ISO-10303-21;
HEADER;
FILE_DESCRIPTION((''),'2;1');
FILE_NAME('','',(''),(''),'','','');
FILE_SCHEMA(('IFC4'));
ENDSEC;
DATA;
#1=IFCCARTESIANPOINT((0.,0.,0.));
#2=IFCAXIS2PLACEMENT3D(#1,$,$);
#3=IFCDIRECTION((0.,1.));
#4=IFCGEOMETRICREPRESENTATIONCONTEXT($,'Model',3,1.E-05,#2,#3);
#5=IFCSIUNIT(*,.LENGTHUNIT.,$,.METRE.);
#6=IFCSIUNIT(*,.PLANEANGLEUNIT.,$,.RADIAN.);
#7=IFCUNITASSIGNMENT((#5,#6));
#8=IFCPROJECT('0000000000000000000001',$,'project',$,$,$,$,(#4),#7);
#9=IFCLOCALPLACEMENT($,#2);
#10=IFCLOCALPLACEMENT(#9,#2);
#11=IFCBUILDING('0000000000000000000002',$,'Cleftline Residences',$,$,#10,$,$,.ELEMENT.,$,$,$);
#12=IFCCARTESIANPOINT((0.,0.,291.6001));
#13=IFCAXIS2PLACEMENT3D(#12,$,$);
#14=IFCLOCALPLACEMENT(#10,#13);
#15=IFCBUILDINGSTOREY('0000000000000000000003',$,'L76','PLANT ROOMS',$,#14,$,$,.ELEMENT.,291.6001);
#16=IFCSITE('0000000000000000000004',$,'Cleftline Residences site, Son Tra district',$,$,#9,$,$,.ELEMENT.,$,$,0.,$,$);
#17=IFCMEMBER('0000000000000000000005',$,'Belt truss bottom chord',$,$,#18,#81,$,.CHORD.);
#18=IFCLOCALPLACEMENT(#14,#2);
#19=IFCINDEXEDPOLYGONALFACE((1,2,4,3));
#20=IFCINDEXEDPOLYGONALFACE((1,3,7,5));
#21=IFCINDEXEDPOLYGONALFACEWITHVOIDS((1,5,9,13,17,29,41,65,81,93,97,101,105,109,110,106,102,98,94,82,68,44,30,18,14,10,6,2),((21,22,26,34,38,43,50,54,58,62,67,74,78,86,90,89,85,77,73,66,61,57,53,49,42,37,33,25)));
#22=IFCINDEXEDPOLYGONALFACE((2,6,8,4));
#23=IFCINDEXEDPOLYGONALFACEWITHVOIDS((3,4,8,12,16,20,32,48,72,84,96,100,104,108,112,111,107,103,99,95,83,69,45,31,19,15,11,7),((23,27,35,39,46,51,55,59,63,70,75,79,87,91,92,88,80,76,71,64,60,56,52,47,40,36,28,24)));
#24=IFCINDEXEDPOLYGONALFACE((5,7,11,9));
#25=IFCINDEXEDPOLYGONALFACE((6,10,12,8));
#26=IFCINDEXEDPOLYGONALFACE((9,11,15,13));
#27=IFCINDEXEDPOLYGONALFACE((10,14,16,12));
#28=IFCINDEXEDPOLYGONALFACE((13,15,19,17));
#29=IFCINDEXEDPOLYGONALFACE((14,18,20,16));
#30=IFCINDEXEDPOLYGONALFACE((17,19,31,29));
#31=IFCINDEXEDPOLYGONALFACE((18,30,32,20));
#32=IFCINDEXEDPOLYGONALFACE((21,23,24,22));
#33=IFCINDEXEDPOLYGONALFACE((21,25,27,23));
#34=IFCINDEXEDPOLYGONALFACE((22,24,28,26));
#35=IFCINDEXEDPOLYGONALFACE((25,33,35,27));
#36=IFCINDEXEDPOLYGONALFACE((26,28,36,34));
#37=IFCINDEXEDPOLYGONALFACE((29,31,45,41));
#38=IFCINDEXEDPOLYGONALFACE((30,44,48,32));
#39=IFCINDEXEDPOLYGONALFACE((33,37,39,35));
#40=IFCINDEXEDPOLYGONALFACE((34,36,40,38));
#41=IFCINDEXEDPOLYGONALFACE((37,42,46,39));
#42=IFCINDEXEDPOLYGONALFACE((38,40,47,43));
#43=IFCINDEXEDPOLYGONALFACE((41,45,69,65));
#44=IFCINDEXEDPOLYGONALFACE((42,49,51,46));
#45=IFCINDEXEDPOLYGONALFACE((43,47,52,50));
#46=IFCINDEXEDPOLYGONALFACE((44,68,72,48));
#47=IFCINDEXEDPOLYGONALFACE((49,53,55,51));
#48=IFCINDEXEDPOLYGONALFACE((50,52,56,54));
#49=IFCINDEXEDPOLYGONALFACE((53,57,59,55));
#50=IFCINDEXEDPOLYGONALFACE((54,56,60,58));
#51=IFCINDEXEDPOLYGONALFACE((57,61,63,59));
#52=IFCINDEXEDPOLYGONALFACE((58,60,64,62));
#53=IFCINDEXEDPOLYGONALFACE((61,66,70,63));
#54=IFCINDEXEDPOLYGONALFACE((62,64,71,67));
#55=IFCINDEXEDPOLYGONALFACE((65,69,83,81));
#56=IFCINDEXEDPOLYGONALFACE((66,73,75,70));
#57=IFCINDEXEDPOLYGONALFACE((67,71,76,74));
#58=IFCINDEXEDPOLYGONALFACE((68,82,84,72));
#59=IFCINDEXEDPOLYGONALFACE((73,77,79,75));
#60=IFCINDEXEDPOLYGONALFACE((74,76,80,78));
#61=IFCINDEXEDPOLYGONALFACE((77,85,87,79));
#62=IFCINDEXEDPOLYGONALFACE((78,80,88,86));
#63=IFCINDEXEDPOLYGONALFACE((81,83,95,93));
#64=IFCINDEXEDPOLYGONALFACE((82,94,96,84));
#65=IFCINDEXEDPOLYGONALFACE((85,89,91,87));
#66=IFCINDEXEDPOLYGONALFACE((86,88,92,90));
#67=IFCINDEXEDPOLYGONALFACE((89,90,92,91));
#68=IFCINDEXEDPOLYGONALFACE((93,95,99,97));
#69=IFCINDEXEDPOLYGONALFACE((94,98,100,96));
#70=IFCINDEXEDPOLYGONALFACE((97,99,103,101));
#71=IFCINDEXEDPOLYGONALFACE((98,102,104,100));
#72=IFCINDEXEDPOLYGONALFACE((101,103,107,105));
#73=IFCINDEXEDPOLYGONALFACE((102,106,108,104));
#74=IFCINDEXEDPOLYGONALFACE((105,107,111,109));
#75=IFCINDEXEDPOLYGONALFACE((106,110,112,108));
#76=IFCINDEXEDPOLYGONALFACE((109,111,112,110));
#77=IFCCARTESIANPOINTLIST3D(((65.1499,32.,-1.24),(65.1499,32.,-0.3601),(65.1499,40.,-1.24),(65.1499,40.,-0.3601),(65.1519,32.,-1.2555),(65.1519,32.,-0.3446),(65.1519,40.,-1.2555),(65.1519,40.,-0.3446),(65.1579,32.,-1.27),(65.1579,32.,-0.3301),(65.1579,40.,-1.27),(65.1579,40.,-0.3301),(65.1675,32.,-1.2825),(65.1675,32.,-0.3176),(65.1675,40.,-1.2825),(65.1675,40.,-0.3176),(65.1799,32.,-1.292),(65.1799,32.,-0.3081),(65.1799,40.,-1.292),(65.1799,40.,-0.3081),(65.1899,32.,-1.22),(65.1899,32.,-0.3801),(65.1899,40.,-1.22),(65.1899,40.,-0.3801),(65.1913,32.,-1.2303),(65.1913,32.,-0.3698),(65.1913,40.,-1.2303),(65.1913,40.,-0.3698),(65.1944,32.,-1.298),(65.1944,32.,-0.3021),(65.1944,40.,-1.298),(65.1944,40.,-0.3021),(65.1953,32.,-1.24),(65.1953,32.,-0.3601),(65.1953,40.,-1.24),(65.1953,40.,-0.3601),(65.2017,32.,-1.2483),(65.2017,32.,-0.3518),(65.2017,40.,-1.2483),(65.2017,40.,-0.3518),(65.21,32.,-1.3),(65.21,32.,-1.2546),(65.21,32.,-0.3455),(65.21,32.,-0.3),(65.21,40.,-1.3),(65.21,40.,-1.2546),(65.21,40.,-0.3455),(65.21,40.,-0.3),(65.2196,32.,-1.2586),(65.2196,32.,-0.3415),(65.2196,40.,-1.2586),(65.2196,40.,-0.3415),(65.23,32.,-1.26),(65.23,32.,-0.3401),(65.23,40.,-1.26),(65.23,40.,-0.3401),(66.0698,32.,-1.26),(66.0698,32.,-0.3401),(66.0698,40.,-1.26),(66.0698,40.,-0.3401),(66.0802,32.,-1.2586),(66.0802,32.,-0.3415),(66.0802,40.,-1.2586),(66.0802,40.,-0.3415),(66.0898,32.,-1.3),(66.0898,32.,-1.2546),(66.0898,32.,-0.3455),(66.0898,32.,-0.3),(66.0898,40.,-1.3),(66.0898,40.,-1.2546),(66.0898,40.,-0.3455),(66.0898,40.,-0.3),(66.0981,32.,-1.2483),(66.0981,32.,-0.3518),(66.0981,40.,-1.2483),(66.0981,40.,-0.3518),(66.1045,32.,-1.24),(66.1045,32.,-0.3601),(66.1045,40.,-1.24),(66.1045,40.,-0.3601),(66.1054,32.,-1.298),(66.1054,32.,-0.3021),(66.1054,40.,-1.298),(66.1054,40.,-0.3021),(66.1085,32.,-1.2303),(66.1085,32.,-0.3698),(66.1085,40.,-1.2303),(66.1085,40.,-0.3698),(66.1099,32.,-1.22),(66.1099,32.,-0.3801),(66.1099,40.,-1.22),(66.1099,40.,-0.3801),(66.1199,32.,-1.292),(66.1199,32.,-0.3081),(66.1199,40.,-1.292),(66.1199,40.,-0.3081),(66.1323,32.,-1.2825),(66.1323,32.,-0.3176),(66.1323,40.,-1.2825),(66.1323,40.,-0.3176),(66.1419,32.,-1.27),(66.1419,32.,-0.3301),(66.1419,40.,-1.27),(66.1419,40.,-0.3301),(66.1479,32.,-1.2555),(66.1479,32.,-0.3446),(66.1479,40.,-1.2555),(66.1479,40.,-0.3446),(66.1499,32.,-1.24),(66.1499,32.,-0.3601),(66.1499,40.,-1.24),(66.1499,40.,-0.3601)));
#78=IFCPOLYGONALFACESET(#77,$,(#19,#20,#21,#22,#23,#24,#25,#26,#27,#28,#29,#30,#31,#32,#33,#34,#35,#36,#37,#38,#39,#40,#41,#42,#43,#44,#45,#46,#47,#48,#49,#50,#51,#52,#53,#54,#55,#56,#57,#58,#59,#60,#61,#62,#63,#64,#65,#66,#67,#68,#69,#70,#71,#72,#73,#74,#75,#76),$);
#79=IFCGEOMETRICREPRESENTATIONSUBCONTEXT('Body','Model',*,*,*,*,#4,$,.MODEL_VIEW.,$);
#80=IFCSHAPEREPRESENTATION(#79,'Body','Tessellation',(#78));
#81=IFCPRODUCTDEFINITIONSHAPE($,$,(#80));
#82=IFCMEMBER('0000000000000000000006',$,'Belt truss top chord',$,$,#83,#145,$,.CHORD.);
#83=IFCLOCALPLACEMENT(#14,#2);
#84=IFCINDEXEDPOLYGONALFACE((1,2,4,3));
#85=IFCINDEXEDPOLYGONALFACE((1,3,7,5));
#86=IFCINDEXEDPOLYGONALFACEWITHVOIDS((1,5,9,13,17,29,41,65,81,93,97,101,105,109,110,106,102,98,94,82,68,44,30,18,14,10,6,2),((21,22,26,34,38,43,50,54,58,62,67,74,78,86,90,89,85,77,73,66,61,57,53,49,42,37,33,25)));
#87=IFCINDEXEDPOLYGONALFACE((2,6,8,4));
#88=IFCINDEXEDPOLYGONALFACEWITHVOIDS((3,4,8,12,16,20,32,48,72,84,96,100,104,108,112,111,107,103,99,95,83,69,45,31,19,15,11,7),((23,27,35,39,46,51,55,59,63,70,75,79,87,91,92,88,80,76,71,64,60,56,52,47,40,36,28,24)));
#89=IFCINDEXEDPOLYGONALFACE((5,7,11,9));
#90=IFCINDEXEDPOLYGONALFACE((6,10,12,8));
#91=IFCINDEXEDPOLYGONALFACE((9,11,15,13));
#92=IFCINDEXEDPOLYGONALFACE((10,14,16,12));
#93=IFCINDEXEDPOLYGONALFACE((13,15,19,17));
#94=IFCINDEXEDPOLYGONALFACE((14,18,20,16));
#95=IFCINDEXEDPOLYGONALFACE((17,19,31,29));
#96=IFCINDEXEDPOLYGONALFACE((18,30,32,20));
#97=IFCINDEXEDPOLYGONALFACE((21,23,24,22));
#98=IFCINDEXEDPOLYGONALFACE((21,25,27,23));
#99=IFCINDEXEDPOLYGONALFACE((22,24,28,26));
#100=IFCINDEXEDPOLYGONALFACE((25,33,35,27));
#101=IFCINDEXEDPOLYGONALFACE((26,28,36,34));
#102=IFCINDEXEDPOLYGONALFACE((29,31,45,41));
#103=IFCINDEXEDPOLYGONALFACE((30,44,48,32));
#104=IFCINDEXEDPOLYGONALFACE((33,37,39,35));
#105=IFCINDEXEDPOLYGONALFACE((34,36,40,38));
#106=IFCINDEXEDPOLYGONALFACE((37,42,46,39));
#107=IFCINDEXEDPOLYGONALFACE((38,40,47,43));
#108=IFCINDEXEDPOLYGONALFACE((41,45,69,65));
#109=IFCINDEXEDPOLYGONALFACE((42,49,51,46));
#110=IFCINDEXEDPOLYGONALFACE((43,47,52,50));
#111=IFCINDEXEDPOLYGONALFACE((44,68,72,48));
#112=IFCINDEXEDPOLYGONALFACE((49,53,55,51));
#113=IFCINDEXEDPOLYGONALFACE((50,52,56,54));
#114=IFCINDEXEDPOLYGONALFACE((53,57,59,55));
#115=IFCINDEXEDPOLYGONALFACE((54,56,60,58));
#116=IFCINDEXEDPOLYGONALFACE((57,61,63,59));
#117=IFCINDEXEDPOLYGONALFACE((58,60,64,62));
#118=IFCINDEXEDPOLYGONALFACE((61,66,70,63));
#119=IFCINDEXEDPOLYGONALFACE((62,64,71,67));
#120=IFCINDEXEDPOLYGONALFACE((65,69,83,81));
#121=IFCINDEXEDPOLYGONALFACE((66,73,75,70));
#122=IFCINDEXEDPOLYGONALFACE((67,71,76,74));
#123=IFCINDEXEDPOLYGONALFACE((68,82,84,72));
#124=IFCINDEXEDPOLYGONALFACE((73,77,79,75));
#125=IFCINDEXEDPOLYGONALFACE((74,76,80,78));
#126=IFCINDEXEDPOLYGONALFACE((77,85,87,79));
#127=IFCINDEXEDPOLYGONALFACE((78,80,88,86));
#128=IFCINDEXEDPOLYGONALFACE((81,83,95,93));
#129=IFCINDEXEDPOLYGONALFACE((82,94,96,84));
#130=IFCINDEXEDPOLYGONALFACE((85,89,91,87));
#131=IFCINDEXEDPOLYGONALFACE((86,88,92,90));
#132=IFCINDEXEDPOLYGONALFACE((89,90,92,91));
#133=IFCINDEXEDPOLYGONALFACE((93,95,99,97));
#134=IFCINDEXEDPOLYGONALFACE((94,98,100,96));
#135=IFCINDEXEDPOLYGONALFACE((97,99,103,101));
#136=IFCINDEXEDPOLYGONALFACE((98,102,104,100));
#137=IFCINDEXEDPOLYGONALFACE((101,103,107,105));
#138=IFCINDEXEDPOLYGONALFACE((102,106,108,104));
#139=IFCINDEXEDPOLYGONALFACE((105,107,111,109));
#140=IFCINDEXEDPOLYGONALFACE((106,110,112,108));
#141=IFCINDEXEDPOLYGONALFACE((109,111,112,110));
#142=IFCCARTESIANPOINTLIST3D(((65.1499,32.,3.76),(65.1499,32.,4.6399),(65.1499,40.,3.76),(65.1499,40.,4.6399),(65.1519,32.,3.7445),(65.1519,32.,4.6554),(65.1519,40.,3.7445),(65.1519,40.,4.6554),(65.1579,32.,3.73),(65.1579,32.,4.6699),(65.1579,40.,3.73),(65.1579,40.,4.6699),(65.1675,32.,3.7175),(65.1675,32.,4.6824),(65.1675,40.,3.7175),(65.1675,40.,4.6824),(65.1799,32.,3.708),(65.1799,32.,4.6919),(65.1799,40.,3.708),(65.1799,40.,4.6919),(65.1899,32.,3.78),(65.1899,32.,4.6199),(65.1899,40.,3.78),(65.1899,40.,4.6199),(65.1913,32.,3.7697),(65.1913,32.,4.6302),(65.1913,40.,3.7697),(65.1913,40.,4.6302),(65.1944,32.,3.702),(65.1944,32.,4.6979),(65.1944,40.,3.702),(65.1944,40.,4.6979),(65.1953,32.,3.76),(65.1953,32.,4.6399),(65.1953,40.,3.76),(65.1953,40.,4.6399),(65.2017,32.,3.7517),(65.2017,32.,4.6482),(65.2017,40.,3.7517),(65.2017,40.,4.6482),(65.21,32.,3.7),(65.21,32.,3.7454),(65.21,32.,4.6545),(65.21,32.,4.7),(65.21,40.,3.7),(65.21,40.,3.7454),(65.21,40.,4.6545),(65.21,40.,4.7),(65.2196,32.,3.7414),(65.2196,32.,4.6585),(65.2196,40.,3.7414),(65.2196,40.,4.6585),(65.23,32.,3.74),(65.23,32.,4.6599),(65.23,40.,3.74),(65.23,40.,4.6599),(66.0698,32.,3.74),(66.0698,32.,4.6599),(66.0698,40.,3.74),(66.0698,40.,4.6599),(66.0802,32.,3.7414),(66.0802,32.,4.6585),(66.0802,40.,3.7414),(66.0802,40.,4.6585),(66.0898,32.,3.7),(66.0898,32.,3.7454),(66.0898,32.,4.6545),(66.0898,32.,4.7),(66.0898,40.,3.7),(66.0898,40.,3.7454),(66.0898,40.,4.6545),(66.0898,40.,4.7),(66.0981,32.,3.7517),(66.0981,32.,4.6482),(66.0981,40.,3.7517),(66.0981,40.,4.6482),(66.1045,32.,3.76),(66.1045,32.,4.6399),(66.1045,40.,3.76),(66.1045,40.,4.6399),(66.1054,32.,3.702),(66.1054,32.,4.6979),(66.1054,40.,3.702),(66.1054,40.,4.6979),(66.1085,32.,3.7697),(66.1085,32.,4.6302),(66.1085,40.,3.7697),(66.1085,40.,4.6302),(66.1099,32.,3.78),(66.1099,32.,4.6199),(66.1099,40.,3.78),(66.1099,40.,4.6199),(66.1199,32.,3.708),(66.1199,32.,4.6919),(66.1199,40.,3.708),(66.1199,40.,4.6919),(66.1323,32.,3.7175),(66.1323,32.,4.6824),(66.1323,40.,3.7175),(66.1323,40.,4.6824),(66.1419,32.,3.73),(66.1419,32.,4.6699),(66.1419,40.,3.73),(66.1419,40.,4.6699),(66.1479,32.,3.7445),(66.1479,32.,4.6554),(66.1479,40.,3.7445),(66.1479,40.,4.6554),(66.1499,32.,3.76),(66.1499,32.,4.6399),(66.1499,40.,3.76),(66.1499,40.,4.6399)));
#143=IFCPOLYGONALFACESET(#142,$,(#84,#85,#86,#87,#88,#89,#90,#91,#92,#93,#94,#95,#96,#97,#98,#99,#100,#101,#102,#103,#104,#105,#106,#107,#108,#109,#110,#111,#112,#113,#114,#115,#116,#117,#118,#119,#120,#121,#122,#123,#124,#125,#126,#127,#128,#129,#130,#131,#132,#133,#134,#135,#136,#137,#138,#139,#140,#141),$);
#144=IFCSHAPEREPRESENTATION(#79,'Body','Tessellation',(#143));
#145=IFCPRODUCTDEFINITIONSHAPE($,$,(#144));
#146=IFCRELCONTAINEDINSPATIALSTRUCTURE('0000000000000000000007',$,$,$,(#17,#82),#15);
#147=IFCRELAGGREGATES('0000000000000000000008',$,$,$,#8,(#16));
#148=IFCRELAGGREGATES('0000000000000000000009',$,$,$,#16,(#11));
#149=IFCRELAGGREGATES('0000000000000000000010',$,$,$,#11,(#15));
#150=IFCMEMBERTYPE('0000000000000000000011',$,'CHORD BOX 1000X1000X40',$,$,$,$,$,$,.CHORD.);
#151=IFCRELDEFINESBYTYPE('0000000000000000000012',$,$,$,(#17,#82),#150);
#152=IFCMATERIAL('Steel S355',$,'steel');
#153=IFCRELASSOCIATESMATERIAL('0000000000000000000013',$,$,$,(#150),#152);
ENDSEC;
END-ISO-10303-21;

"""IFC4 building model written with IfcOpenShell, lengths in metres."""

from ifc_helpers import new_model, si_unit, direction, frame, origin, origin_2d, place, context, subcontext, project, spatial, hollow_rectangle, extrude, material, material_profile, profile_set, type_object, element, save


model = new_model("IFC4")

# Units and contexts
model_context = context("Model", 3, precision=1e-05, world=origin(), true_north=direction((0.0, 1.0)))
body_context = subcontext(model_context, "Body", "Model", "MODEL_VIEW")
ifc_project = project(units=[si_unit("LENGTHUNIT", "METRE"), si_unit("PLANEANGLEUNIT", "RADIAN")], contexts=[model_context])

# Site, building, storey
site_placement = place(None, origin())
site = spatial("IfcSite", under=ifc_project, at=site_placement, Name="Cleftline Residences site, Son Tra district", CompositionType="ELEMENT", RefElevation=0.0)
building_placement = place(site_placement, origin())
building = spatial("IfcBuilding", under=site, at=building_placement, Name="Cleftline Residences", CompositionType="ELEMENT")
storey_placement = place(building_placement, frame((0.0, 0.0, 291.6001)))
storey = spatial("IfcBuildingStorey", under=building, at=storey_placement, Name="L76", Description="PLANT ROOMS", CompositionType="ELEMENT", Elevation=291.6001)

# Members
ifc_material_1 = material(Name="Steel S355", Category="steel")
ifc_material_profile_1 = material_profile(ifc_material_1, hollow_rectangle(XDim=1.0, YDim=1.0, WallThickness=0.04, InnerFilletRadius=0.04, OuterFilletRadius=0.0601, at=origin_2d()))
ifc_profile_set_1 = profile_set([ifc_material_profile_1], Name="Steel S355")
member_type_1 = type_object("IfcMemberType", Name="CHORD BOX 1000X1000X40", PredefinedType="CHORD", material=ifc_profile_set_1)
for number, where, z_axis, x_axis, name in (
    (1, (65.6499, 32.0, -0.8), (0.0, 1.0, 0.0), (-1.0, 0.0, 0.0), "Belt truss bottom chord"),
    (2, (65.6499, 32.0, 4.2), (0.0, 1.0, 0.0), (-1.0, 0.0, 0.0), "Belt truss top chord"),
):
    element("IfcMember", number, at=place(storey_placement, frame(where, z_axis=z_axis, x_axis=x_axis)), inside=storey, type_object=member_type_1, Name=name, PredefinedType="CHORD", context=body_context, shape_type="SweptSolid", body=[
        extrude(hollow_rectangle(XDim=1.0, YDim=1.0, WallThickness=0.04, InnerFilletRadius=0.04, OuterFilletRadius=0.0601, at=origin_2d()), origin(), (0.0, 0.0, 1.0), 8.0),
    ])

save(model, "model.ifc")
